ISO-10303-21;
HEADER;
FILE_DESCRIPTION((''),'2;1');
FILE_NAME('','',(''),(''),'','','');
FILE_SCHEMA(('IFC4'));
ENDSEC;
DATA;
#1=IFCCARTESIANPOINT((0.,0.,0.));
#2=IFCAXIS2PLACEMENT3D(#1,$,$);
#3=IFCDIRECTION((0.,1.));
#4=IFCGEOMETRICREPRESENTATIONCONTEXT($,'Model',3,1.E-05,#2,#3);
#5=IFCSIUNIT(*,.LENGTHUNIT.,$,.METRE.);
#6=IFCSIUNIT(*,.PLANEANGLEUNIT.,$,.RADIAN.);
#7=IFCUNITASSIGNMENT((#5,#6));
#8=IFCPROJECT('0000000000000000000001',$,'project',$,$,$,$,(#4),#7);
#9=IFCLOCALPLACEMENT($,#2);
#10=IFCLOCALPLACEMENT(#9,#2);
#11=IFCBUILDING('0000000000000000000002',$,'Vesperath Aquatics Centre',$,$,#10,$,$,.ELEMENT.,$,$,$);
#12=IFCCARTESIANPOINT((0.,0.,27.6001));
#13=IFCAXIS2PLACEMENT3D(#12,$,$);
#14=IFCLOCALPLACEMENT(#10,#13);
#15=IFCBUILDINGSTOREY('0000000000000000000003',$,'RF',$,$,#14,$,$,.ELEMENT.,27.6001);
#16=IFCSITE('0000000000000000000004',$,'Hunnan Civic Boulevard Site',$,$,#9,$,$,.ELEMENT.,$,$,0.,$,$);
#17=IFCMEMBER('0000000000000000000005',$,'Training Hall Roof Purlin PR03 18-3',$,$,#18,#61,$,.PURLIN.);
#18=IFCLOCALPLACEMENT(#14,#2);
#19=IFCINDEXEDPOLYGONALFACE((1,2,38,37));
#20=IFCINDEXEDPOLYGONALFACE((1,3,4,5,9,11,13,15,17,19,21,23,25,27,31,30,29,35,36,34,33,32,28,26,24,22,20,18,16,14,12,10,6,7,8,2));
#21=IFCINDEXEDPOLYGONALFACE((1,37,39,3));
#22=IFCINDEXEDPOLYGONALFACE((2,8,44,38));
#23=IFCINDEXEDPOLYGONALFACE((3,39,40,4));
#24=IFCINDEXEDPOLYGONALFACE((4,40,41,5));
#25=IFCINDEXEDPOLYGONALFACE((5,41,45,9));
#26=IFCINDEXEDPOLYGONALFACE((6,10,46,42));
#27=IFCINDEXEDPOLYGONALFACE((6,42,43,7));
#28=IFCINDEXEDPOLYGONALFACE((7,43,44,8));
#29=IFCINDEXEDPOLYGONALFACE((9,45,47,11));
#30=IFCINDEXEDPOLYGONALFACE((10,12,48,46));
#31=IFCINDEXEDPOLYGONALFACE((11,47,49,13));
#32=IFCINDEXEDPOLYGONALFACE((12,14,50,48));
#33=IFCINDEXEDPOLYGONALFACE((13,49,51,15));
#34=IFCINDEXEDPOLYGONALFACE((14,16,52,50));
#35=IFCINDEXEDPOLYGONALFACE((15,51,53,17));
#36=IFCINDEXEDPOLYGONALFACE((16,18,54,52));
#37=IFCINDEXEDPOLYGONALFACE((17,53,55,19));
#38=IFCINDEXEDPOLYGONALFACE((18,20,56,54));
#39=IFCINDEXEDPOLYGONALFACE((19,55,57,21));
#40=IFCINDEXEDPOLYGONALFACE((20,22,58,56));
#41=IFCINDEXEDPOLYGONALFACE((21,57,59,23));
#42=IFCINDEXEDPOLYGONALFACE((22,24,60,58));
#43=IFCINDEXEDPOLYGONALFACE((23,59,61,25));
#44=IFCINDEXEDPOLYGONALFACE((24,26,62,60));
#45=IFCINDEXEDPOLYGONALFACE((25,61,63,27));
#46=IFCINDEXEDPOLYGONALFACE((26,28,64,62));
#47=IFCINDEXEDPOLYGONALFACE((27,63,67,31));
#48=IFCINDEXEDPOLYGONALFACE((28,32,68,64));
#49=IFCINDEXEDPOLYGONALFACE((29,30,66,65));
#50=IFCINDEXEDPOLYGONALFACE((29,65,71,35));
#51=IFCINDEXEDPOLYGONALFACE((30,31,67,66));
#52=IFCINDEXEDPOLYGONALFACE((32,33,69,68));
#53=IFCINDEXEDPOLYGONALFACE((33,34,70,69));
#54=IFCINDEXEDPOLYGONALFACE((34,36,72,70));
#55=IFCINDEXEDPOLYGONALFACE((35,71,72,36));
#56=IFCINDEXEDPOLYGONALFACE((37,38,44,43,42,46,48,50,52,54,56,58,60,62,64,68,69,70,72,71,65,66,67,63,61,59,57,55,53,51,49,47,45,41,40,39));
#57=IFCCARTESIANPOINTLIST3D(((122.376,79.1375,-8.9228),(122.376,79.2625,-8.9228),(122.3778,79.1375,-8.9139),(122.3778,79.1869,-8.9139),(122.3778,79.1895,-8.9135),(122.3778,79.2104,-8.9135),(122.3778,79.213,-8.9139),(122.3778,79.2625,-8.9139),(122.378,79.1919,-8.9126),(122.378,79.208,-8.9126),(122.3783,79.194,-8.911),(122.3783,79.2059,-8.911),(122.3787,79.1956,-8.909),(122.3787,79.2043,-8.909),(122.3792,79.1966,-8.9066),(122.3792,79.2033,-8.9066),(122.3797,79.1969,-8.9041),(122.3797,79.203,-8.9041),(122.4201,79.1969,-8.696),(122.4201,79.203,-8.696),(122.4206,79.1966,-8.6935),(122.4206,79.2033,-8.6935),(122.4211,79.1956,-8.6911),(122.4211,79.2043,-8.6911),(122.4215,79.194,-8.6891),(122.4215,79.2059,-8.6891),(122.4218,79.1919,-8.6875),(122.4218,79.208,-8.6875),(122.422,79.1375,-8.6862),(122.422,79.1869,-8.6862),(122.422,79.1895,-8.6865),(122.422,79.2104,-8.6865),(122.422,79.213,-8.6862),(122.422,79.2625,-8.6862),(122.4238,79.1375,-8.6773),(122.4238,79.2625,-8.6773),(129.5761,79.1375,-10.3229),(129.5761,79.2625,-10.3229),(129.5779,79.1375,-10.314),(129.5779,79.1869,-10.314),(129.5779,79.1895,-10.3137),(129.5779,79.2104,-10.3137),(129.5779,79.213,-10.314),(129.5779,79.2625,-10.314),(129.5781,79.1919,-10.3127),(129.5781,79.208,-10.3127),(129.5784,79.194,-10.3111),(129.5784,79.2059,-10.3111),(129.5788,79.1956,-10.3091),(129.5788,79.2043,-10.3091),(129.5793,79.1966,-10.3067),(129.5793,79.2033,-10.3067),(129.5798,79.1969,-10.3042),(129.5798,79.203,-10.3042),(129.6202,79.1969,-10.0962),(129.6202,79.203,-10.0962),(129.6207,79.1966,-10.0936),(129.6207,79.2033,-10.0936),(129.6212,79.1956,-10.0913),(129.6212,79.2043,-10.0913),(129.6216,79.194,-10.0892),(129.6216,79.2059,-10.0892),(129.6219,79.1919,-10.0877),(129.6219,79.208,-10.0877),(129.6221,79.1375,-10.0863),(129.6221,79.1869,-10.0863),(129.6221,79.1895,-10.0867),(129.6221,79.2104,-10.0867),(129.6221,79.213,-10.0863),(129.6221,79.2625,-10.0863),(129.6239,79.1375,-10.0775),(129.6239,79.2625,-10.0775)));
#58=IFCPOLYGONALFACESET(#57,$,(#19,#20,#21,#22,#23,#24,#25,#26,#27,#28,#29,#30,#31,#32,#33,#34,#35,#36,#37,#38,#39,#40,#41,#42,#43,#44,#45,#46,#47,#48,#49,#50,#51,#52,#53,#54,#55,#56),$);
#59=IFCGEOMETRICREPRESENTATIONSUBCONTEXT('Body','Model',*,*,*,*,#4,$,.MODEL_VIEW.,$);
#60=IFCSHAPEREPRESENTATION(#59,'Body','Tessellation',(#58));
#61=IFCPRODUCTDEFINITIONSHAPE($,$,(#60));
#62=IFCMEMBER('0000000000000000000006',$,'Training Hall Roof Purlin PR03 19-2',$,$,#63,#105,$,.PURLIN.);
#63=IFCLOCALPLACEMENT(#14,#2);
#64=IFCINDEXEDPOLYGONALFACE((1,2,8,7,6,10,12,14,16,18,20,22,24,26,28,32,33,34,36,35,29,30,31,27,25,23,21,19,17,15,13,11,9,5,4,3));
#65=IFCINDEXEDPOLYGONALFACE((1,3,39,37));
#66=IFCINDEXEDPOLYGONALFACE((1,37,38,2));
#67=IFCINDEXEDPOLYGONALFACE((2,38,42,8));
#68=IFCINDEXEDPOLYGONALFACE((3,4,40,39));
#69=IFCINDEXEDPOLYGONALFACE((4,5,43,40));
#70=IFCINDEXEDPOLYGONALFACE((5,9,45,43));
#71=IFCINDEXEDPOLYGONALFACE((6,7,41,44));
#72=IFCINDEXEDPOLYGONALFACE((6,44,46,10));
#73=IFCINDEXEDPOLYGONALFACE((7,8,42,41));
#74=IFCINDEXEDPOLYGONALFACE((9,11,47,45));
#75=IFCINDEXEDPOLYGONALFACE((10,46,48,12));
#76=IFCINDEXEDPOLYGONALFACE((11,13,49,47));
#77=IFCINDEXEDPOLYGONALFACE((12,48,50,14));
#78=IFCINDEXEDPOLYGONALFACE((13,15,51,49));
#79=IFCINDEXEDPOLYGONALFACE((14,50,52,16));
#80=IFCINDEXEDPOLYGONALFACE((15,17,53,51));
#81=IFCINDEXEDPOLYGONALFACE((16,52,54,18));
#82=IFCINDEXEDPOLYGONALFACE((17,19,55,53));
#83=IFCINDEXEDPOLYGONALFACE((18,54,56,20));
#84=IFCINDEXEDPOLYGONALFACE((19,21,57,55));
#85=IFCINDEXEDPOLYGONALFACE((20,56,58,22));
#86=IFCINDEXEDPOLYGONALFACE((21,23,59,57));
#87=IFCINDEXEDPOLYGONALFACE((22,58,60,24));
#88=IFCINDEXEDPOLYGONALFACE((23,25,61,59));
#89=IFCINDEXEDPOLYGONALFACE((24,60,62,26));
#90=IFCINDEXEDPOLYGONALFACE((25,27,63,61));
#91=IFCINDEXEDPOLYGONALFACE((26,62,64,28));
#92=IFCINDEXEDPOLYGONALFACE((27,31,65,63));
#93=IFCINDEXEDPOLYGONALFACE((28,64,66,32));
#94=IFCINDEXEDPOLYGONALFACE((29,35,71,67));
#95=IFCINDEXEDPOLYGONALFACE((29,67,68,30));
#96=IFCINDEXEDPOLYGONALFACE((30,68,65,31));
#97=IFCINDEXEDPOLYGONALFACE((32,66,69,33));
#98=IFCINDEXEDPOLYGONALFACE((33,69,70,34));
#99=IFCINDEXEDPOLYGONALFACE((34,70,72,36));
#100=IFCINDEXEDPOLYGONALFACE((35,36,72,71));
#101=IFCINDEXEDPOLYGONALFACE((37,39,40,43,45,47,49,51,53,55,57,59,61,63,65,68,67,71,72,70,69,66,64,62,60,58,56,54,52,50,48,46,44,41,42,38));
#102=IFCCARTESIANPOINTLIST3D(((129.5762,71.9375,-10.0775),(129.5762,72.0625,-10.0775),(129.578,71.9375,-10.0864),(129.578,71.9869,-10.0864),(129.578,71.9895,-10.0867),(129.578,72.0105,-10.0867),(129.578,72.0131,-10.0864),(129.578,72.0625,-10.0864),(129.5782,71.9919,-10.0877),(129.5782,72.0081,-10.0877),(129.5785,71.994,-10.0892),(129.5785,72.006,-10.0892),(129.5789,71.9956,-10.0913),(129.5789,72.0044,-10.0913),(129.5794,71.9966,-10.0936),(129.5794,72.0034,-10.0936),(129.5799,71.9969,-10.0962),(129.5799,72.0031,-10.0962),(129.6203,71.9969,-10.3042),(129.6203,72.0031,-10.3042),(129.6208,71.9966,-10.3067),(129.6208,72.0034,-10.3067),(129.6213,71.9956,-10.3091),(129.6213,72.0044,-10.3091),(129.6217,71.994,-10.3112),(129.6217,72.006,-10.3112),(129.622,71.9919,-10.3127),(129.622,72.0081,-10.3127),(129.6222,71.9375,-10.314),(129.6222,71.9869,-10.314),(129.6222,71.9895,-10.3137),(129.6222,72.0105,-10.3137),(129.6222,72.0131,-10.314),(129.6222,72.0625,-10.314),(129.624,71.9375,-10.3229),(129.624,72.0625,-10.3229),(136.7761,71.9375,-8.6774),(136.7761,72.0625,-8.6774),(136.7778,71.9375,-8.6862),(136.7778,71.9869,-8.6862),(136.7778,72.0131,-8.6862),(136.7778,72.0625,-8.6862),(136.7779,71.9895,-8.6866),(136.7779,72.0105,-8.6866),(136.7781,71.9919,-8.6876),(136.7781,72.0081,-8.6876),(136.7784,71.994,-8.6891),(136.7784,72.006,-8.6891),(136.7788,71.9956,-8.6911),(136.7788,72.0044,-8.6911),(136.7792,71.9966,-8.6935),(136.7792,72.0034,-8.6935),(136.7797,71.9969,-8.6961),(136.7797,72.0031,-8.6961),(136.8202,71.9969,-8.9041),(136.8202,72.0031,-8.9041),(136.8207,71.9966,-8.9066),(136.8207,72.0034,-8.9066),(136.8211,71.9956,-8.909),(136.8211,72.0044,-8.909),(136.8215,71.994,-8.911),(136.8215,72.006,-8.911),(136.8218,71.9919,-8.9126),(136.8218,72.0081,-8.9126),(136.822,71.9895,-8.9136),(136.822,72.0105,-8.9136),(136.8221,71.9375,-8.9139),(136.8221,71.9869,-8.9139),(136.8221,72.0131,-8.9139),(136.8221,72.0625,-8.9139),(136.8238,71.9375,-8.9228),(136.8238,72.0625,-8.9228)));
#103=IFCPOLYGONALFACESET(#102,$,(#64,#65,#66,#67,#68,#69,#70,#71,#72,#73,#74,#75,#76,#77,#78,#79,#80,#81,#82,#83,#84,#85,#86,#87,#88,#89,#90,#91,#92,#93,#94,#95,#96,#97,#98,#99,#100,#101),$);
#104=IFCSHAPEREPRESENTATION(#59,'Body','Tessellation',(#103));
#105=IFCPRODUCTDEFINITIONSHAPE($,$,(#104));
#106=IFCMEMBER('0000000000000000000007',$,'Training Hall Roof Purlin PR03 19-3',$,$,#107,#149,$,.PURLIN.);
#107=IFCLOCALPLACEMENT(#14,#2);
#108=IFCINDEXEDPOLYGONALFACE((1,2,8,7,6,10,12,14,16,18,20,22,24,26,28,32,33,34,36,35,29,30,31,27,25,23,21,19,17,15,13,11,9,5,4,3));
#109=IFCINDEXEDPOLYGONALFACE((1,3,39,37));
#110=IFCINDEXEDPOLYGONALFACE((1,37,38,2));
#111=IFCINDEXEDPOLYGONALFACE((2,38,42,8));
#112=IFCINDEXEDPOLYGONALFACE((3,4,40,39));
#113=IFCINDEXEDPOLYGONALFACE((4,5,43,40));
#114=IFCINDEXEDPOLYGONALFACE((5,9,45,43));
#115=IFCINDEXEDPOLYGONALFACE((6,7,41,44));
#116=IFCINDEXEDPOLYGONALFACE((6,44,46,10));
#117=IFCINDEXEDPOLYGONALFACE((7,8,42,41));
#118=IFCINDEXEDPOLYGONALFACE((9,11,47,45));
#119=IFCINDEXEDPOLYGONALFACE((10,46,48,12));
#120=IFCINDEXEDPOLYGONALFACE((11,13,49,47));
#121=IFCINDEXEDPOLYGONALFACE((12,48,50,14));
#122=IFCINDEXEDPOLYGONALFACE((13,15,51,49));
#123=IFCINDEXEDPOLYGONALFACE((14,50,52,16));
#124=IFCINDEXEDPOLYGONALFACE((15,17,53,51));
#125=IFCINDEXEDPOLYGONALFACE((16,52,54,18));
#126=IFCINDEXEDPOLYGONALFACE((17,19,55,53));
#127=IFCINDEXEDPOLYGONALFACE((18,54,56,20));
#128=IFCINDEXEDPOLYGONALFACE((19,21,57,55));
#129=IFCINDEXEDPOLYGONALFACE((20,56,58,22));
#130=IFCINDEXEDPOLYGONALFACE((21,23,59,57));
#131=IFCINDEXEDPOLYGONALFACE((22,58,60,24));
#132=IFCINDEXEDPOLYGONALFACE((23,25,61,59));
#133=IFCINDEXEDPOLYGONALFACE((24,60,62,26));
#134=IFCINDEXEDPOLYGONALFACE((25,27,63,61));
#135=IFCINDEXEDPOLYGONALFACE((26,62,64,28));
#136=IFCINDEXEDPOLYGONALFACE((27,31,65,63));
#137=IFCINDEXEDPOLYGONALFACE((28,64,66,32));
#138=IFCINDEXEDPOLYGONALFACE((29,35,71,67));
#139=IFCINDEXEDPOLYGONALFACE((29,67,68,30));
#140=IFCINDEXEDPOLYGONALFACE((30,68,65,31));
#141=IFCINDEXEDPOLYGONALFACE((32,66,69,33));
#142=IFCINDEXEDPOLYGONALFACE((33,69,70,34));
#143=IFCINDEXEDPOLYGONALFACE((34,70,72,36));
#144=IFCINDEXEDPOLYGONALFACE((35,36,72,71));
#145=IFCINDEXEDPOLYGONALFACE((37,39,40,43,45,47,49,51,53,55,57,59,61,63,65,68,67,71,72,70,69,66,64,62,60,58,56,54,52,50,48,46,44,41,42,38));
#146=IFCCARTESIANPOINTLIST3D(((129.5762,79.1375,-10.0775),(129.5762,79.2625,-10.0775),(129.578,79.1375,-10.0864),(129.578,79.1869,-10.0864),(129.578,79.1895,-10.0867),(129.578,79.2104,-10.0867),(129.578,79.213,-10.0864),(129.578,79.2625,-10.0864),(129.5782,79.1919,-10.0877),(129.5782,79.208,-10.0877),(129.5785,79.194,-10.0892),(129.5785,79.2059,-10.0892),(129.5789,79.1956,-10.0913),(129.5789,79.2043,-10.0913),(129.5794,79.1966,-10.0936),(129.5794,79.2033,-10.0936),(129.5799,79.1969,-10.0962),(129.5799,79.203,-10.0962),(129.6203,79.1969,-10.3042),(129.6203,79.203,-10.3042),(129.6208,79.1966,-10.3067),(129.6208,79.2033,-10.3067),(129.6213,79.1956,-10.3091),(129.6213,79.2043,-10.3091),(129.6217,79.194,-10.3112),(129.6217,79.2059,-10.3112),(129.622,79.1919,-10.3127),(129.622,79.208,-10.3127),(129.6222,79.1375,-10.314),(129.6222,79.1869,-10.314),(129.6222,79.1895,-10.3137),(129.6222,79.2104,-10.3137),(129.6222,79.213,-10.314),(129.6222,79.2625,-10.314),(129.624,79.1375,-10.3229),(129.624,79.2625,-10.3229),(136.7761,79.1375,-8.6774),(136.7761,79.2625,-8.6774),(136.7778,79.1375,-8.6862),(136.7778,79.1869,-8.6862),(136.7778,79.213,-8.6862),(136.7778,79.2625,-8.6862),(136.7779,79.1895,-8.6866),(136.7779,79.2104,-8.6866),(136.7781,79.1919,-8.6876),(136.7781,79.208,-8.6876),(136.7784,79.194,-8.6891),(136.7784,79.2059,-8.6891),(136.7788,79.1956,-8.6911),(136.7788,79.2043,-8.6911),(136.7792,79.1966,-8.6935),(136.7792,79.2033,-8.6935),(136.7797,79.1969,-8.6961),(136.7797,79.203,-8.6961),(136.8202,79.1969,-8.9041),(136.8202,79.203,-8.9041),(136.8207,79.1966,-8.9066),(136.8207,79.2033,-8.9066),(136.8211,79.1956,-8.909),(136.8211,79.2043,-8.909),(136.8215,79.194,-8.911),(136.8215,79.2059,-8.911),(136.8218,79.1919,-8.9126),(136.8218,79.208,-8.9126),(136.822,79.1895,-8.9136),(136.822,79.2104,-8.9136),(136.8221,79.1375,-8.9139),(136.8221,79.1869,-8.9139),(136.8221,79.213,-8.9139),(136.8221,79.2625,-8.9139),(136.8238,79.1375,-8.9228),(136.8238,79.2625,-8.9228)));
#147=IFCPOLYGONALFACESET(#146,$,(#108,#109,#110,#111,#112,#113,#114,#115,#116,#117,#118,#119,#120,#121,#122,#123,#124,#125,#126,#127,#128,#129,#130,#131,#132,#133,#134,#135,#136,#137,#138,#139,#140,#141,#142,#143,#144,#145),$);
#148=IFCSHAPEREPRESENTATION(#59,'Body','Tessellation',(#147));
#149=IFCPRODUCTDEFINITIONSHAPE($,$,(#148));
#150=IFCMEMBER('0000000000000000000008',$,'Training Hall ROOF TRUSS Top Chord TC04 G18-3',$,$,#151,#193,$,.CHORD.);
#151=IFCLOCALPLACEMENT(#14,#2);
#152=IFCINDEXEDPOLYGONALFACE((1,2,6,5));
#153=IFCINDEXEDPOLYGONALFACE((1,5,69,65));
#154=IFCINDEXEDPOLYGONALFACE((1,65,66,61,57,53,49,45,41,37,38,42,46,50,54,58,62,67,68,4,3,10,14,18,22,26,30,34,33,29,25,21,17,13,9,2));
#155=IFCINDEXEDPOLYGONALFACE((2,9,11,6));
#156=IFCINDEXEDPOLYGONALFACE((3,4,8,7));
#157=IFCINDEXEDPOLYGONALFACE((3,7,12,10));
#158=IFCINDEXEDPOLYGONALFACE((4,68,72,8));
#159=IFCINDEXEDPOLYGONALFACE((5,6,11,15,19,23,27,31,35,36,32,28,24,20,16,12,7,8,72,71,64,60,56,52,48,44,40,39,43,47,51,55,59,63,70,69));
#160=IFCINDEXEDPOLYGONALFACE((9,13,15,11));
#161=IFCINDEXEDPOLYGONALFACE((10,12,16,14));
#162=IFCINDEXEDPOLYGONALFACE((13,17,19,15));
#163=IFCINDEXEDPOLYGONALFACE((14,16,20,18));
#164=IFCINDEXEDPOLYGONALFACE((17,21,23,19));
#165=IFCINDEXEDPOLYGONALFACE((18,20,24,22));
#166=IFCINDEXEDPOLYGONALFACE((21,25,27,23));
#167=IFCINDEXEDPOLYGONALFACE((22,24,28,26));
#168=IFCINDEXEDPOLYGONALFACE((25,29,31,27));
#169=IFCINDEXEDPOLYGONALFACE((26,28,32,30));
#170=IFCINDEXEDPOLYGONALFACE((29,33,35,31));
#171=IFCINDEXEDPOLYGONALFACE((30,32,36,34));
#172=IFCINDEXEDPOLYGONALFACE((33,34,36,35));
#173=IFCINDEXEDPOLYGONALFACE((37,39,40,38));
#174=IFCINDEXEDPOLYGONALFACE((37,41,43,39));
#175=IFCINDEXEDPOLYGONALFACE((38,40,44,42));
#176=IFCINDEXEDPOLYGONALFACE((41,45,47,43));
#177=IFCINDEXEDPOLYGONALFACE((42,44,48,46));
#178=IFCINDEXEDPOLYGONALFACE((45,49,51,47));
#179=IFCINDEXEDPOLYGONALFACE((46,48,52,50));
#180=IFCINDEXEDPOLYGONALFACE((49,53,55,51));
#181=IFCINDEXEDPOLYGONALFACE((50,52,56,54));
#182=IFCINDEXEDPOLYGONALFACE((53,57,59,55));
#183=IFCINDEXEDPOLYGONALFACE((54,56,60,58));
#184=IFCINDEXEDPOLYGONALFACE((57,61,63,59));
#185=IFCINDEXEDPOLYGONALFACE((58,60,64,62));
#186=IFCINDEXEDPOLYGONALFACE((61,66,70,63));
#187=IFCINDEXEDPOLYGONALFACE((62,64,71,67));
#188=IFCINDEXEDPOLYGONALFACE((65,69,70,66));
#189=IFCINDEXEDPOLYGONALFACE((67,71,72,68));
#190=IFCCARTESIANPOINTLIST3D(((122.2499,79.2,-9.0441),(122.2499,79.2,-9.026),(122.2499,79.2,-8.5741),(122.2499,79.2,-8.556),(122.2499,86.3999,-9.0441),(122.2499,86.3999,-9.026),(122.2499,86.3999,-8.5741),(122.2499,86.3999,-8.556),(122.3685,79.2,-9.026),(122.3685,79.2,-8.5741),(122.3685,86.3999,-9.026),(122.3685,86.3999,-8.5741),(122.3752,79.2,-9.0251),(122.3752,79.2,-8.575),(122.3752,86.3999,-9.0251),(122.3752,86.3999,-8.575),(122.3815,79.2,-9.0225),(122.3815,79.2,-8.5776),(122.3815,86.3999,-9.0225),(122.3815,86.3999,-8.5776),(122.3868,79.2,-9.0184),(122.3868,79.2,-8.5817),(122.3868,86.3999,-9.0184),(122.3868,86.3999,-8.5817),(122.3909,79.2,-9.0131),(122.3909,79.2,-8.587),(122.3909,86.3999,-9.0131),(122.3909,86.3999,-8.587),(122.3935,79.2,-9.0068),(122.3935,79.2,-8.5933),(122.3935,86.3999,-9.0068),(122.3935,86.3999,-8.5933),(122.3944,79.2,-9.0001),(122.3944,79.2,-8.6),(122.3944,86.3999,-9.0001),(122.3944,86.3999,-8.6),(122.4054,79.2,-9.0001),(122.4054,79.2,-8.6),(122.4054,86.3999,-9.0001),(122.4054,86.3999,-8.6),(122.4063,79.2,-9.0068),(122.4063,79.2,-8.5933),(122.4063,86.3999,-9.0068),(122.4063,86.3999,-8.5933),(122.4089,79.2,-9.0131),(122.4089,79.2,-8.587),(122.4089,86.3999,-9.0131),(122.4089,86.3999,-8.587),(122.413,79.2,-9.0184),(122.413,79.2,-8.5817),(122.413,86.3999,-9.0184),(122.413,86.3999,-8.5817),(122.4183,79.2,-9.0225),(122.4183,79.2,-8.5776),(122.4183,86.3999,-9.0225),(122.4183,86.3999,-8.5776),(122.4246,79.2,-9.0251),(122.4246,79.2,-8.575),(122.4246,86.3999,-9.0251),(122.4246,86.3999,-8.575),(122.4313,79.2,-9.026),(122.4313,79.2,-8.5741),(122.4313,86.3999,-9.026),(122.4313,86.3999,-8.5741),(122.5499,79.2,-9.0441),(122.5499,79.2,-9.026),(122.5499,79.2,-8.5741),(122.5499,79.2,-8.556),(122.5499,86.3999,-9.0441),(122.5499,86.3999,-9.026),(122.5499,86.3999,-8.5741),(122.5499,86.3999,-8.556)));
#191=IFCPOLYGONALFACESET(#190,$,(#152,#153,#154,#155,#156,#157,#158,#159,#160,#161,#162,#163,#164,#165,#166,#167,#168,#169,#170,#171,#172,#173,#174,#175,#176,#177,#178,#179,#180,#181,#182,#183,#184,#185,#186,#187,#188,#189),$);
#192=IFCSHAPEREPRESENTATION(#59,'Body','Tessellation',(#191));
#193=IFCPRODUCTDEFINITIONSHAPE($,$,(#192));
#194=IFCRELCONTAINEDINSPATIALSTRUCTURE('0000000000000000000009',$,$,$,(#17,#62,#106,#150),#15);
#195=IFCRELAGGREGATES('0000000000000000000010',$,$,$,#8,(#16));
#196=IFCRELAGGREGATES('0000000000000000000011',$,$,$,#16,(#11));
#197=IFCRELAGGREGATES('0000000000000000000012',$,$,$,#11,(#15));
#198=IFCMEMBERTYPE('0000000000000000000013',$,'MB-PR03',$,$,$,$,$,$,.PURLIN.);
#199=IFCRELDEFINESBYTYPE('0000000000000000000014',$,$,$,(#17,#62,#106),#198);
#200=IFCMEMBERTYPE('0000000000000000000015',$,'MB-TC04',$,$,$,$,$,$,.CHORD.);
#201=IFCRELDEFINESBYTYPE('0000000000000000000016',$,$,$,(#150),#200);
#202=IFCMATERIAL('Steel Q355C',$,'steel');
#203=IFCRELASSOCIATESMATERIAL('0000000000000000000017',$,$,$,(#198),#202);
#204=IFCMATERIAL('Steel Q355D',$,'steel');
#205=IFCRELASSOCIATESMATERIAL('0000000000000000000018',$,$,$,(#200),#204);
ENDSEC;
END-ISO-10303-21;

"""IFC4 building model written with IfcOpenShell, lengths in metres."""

from ifc_helpers import new_model, si_unit, direction, frame, origin, origin_2d, place, context, subcontext, project, spatial, i_section, extrude, material, material_profile, profile_set, type_object, element, save


model = new_model("IFC4")

# Units and contexts
model_context = context("Model", 3, precision=1e-05, world=origin(), true_north=direction((0.0, 1.0)))
body_context = subcontext(model_context, "Body", "Model", "MODEL_VIEW")
ifc_project = project(units=[si_unit("LENGTHUNIT", "METRE"), si_unit("PLANEANGLEUNIT", "RADIAN")], contexts=[model_context])

# Site, building, storey
site_placement = place(None, origin())
site = spatial("IfcSite", under=ifc_project, at=site_placement, Name="Hunnan Civic Boulevard Site", CompositionType="ELEMENT", RefElevation=0.0)
building_placement = place(site_placement, origin())
building = spatial("IfcBuilding", under=site, at=building_placement, Name="Vesperath Aquatics Centre", CompositionType="ELEMENT")
storey_placement = place(building_placement, frame((0.0, 0.0, 27.6001)))
storey = spatial("IfcBuildingStorey", under=building, at=storey_placement, Name="RF", CompositionType="ELEMENT", Elevation=27.6001)

# Shared definitions
ifc_material_1 = material(Name="Steel Q355C", Category="steel")

# Members
ifc_material_2 = material(Name="Steel Q355D", Category="steel")
ifc_material_profile_1 = material_profile(ifc_material_1, i_section(OverallWidth=0.125, OverallDepth=0.25, WebThickness=0.0061, FlangeThickness=0.009, FilletRadius=0.01, at=origin_2d()), Name="HN 250x125x6x9")
ifc_profile_set_1 = profile_set([ifc_material_profile_1], Name="Steel Q355C")
member_type_1 = type_object("IfcMemberType", Name="MB-PR03", PredefinedType="PURLIN", material=ifc_profile_set_1)
member_1_placement = place(storey_placement, frame((122.3999, 79.2, -8.8), z_axis=(0.981613, 0.0, -0.190884), x_axis=(0.0, 1.0, 0.0)))
element("IfcMember", 1, at=member_1_placement, inside=storey, type_object=member_type_1, Name="Training Hall Roof Purlin PR03 18-3", PredefinedType="PURLIN", context=body_context, shape_type="SweptSolid", body=[
    extrude(i_section(OverallWidth=0.125, OverallDepth=0.25, WebThickness=0.0061, FlangeThickness=0.009, FilletRadius=0.01, at=origin_2d()), origin(), (0.0, 0.0, 1.0), 7.335),
])
for number, where, z_axis, x_axis, name in (
    (2, (129.6001, 72.0, -10.2002), (0.981611, 0.0, 0.19089), (0.0, 1.0, 0.0), "Training Hall Roof Purlin PR03 19-2"),
    (3, (129.6001, 79.2, -10.2002), (0.981611, 0.0, 0.19089), (0.0, 1.0, 0.0), "Training Hall Roof Purlin PR03 19-3"),
):
    element("IfcMember", number, at=place(storey_placement, frame(where, z_axis=z_axis, x_axis=x_axis)), inside=storey, type_object=member_type_1, Name=name, PredefinedType="PURLIN", context=body_context, shape_type="SweptSolid", body=[
        extrude(i_section(OverallWidth=0.125, OverallDepth=0.25, WebThickness=0.0061, FlangeThickness=0.009, FilletRadius=0.01, at=origin_2d()), origin(), (0.0, 0.0, 1.0), 7.3347),
    ])
ifc_material_profile_2 = material_profile(ifc_material_2, i_section(OverallWidth=0.3, OverallDepth=0.488, WebThickness=0.011, FlangeThickness=0.0181, FilletRadius=0.0259, at=origin_2d()), Name="HM 488x300x11x18")
ifc_profile_set_2 = profile_set([ifc_material_profile_2], Name="Steel Q355D")
member_type_2 = type_object("IfcMemberType", Name="MB-TC04", PredefinedType="CHORD", material=ifc_profile_set_2)
for number, where, z_axis, x_axis, name in (
    (4, (122.3999, 79.2, -8.8), (0.0, 1.0, 0.0), (-1.0, 0.0, 0.0), "Training Hall ROOF TRUSS Top Chord TC04 G18-3"),
):
    element("IfcMember", number, at=place(storey_placement, frame(where, z_axis=z_axis, x_axis=x_axis)), inside=storey, type_object=member_type_2, Name=name, PredefinedType="CHORD", context=body_context, shape_type="SweptSolid", body=[
        extrude(i_section(OverallWidth=0.3, OverallDepth=0.488, WebThickness=0.011, FlangeThickness=0.0181, FilletRadius=0.0259, at=origin_2d()), origin(), (0.0, 0.0, 1.0), 7.2),
    ])

save(model, "model.ifc")
